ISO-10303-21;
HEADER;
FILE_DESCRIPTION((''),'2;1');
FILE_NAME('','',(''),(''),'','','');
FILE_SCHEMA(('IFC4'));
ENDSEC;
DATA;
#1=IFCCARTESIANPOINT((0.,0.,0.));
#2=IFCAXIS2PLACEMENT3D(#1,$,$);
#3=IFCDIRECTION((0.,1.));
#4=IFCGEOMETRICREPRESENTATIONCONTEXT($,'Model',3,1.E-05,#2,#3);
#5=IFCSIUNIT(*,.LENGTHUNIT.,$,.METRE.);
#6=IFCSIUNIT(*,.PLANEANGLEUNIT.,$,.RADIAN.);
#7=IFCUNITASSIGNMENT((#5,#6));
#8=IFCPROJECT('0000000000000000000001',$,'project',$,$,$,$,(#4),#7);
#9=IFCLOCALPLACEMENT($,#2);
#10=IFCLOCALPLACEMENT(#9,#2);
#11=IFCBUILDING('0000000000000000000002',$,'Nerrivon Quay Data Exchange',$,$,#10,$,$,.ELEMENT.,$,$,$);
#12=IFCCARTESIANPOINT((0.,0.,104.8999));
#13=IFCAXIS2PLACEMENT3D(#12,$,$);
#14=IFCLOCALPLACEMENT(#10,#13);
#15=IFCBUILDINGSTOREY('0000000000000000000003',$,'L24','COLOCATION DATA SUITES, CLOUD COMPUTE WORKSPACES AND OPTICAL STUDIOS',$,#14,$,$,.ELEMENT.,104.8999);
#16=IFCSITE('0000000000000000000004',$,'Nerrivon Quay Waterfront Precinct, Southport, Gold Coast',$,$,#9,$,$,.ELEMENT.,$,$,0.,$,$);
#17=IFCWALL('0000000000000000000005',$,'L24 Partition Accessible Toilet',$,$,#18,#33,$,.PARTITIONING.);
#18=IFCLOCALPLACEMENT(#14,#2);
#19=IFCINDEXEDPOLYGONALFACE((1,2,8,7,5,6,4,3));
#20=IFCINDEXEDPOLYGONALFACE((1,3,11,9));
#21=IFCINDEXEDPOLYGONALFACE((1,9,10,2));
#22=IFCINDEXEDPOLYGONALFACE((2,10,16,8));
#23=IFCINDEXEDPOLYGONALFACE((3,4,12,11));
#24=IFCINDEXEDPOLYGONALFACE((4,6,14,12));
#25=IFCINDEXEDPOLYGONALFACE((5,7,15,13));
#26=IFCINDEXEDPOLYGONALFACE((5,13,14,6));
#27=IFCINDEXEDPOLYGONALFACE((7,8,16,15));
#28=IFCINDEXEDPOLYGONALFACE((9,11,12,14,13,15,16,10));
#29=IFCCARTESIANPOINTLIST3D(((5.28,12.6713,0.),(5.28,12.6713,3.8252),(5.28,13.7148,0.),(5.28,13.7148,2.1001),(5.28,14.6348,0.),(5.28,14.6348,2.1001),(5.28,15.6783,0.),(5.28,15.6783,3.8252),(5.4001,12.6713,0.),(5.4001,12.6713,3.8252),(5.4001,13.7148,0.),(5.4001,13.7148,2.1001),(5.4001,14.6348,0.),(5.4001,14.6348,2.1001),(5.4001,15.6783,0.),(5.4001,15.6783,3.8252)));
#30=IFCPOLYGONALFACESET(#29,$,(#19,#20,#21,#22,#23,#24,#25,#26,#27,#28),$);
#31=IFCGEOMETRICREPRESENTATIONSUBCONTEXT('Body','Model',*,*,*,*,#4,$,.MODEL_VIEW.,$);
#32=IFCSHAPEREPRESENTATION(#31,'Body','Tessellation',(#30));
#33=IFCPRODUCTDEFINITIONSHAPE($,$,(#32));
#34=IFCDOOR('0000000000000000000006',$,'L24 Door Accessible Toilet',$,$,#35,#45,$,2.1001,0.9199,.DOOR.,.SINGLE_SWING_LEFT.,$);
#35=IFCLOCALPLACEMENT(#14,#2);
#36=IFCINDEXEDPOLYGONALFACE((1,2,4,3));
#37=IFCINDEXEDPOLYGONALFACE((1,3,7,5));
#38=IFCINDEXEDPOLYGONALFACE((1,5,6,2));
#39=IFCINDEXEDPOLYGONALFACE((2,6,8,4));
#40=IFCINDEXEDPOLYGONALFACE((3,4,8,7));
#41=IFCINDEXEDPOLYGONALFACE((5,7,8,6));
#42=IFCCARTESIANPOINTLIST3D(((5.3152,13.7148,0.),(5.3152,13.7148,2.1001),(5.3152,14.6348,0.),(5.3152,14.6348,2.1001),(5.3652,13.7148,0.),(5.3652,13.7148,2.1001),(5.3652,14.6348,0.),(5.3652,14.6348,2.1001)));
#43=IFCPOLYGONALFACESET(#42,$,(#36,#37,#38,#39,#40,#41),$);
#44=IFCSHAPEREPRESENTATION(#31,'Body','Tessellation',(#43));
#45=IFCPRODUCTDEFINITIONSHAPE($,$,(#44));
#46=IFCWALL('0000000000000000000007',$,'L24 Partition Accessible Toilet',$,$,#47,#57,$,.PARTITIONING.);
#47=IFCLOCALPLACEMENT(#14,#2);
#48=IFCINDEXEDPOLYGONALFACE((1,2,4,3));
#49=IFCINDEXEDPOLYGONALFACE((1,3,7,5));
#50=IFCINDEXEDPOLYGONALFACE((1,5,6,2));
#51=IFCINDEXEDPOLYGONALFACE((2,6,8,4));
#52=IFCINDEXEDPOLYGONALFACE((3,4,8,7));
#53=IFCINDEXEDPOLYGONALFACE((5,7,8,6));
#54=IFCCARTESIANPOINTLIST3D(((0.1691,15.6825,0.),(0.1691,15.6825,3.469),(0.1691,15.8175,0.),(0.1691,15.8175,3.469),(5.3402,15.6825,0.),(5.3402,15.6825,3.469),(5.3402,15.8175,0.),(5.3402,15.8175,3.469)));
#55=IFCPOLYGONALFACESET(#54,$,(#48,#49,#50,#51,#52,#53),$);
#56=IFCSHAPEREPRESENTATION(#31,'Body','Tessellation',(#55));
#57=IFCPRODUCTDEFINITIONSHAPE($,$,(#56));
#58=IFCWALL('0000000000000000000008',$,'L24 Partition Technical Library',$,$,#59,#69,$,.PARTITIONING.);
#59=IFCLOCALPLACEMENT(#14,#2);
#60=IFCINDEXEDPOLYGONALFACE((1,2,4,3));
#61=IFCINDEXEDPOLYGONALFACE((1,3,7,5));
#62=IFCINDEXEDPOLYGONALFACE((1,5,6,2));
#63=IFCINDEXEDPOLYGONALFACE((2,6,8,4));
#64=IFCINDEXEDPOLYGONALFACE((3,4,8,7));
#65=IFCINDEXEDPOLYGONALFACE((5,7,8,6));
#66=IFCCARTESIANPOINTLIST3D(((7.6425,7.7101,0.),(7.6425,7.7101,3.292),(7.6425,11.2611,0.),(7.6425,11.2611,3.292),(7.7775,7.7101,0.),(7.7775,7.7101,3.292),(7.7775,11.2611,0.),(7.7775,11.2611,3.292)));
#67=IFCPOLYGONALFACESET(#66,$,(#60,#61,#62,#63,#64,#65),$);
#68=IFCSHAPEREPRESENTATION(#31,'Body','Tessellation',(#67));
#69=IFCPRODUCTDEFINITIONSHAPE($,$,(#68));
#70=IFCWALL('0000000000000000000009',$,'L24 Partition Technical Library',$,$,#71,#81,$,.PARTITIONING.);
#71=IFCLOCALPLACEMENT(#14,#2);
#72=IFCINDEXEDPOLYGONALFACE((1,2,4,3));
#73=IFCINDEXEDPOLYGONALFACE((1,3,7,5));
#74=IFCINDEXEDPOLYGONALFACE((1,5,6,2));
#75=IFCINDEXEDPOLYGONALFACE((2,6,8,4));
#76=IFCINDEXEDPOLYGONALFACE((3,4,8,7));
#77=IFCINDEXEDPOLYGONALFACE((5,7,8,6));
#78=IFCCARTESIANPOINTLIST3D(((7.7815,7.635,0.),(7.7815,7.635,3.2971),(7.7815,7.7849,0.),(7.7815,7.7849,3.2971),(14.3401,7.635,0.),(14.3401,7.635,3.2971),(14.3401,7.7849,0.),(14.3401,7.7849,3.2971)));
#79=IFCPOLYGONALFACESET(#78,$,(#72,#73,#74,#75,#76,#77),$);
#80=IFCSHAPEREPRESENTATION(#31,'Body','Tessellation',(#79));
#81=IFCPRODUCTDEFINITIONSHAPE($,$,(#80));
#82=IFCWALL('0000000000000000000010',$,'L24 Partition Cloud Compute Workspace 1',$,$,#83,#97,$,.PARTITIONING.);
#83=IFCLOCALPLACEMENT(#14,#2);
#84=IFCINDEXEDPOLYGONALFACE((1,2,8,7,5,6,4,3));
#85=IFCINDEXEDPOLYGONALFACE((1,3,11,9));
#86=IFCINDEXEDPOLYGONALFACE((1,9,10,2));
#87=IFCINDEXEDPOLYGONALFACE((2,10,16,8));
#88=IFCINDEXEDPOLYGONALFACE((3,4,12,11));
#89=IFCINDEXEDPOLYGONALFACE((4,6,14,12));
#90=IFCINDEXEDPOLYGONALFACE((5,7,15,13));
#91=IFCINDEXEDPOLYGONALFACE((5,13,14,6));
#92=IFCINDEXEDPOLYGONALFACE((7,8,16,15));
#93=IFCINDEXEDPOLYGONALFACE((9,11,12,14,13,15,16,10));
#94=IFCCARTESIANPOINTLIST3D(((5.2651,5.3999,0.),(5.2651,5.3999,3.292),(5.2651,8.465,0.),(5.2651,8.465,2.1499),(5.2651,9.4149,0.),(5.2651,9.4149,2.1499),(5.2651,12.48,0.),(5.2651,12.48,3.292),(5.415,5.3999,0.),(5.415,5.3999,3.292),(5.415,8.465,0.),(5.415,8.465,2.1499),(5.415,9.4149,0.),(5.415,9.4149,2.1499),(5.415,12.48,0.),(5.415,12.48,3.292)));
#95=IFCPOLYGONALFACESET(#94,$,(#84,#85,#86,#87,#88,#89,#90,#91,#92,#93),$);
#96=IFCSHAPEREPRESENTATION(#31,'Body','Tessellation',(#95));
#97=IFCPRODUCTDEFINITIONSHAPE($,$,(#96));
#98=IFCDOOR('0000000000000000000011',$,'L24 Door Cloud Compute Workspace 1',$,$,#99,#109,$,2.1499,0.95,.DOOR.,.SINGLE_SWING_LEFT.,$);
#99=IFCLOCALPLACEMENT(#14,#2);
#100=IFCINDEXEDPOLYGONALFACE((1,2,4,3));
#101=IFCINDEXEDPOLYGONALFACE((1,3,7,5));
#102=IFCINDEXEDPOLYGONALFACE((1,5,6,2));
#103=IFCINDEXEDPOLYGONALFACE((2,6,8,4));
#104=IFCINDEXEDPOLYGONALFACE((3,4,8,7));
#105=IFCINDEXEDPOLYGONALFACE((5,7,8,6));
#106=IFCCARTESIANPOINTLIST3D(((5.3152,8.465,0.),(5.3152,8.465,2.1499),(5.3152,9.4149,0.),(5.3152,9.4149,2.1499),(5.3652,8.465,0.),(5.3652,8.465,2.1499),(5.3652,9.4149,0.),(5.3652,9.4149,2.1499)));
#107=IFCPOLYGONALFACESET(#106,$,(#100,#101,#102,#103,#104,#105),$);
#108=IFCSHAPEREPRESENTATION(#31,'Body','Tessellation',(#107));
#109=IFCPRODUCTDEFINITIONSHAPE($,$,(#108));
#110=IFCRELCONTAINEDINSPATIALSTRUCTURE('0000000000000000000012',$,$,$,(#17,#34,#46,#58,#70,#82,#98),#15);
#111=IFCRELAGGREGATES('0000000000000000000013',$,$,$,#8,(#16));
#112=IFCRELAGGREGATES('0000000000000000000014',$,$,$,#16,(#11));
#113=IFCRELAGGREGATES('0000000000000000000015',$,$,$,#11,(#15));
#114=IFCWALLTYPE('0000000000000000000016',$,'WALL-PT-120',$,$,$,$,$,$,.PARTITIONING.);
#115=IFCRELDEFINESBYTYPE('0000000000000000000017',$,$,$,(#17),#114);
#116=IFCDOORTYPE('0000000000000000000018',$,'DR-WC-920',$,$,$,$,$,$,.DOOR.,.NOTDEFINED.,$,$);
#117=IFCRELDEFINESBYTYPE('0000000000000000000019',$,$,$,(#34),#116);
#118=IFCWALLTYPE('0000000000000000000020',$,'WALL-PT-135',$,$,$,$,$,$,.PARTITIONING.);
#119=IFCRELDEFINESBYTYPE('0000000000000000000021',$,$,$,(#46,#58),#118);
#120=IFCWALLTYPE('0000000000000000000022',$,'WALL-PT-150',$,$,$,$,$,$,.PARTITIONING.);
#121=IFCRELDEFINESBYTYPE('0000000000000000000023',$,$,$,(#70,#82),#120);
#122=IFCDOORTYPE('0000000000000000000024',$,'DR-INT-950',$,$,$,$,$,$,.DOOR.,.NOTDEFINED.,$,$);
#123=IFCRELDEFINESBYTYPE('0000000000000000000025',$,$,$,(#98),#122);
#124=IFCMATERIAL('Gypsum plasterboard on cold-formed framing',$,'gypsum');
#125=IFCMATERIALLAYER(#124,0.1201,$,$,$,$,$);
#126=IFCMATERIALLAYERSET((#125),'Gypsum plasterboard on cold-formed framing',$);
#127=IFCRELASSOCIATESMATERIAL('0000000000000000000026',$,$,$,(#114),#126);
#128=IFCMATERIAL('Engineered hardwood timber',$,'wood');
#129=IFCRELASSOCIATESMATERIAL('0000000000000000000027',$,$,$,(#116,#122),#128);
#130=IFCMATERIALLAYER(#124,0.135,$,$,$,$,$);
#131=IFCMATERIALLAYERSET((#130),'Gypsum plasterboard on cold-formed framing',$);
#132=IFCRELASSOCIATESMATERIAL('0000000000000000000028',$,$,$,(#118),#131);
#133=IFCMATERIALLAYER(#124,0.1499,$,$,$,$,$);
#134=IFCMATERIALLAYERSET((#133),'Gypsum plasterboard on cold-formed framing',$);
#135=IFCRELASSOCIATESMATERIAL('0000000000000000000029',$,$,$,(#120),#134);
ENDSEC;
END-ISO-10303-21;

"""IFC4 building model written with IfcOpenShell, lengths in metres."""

from ifc_helpers import new_model, si_unit, direction, frame, frame_2d, origin, place, context, subcontext, project, spatial, rectangle, extrude, material, layer, layer_set, type_object, element, fill, save


model = new_model("IFC4")

# Units and contexts
model_context = context("Model", 3, precision=1e-05, world=origin(), true_north=direction((0.0, 1.0)))
body_context = subcontext(model_context, "Body", "Model", "MODEL_VIEW")
ifc_project = project(units=[si_unit("LENGTHUNIT", "METRE"), si_unit("PLANEANGLEUNIT", "RADIAN")], contexts=[model_context])

# Site, building, storey
site_placement = place(None, origin())
site = spatial("IfcSite", under=ifc_project, at=site_placement, Name="Nerrivon Quay Waterfront Precinct, Southport, Gold Coast", CompositionType="ELEMENT", RefElevation=0.0)
building_placement = place(site_placement, origin())
building = spatial("IfcBuilding", under=site, at=building_placement, Name="Nerrivon Quay Data Exchange", CompositionType="ELEMENT")
storey_placement = place(building_placement, frame((0.0, 0.0, 104.8999)))
storey = spatial("IfcBuildingStorey", under=building, at=storey_placement, Name="L24", Description="COLOCATION DATA SUITES, CLOUD COMPUTE WORKSPACES AND OPTICAL STUDIOS", CompositionType="ELEMENT", Elevation=104.8999)

# Shared definitions
ifc_material_1 = material(Name="Gypsum plasterboard on cold-formed framing", Category="gypsum")
ifc_material_2 = material(Name="Engineered hardwood timber", Category="wood")

# Wall, opening, door
ifc_layer_1 = layer(ifc_material_1, 0.1201)
ifc_layer_set_1 = layer_set([ifc_layer_1], Name="Gypsum plasterboard on cold-formed framing")
wall_type_1 = type_object("IfcWallType", Name="WALL-PT-120", PredefinedType="PARTITIONING", material=ifc_layer_set_1)
wall_1_placement = place(storey_placement, frame((5.3401, 12.6714, 0.0), z_axis=(0.0, 0.0, 1.0), x_axis=(0.0, 1.0, 0.0)))
wall_1 = element("IfcWall", 1, at=wall_1_placement, inside=storey, type_object=wall_type_1, Name="L24 Partition Accessible Toilet", PredefinedType="PARTITIONING", context=body_context, shape_type="SweptSolid", body=[
    extrude(rectangle(XDim=3.0071, YDim=0.1201, at=frame_2d((1.5034, 0.0))), origin(), (0.0, 0.0, 1.0), 3.8252),
])
opening_1_placement = place(wall_1_placement, frame((1.0435, 0.0, 0.0)))
opening_1 = element("IfcOpeningElement", 2, at=opening_1_placement, cuts=wall_1, PredefinedType="OPENING", context=body_context, shape_type="SweptSolid", body=[
    extrude(rectangle(XDim=0.9199, YDim=2.1001, at=frame_2d((0.46, 1.05))), frame((0.0, 0.0701, 0.0), z_axis=(0.0, -1.0, 0.0), x_axis=(1.0, 0.0, 0.0)), (0.0, 0.0, 1.0), 0.1401),
])
door_type_1 = type_object("IfcDoorType", Name="DR-WC-920", OperationType="NOTDEFINED", PredefinedType="DOOR", material=ifc_material_2)
door_1_placement = place(opening_1_placement, origin())
door_1 = element("IfcDoor", 3, at=door_1_placement, inside=storey, type_object=door_type_1, Name="L24 Door Accessible Toilet", OperationType="SINGLE_SWING_LEFT", OverallHeight=2.1001, OverallWidth=0.9199, PredefinedType="DOOR", context=body_context, shape_type="SweptSolid", body=[
    extrude(rectangle(XDim=0.9199, YDim=2.1001, at=frame_2d((0.46, 1.05))), frame((0.0, 0.0249, 0.0), z_axis=(0.0, -1.0, 0.0), x_axis=(1.0, 0.0, 0.0)), (0.0, 0.0, 1.0), 0.05),
])
fill(opening_1, door_1)

# Walls
ifc_layer_2 = layer(ifc_material_1, 0.135)
ifc_layer_set_2 = layer_set([ifc_layer_2], Name="Gypsum plasterboard on cold-formed framing")
wall_type_2 = type_object("IfcWallType", Name="WALL-PT-135", PredefinedType="PARTITIONING", material=ifc_layer_set_2)
wall_2_placement = place(storey_placement, frame((5.3401, 15.75, 0.0), z_axis=(0.0, 0.0, 1.0), x_axis=(-1.0, 0.0, 0.0)))
element("IfcWall", 4, at=wall_2_placement, inside=storey, type_object=wall_type_2, Name="L24 Partition Accessible Toilet", PredefinedType="PARTITIONING", context=body_context, shape_type="SweptSolid", body=[
    extrude(rectangle(XDim=5.1711, YDim=0.135, at=frame_2d((2.5854, 0.0))), origin(), (0.0, 0.0, 1.0), 3.469),
])
wall_3_placement = place(storey_placement, frame((7.71, 11.261, 0.0), z_axis=(0.0, 0.0, 1.0), x_axis=(0.0, -1.0, 0.0)))
element("IfcWall", 5, at=wall_3_placement, inside=storey, type_object=wall_type_2, Name="L24 Partition Technical Library", PredefinedType="PARTITIONING", context=body_context, shape_type="SweptSolid", body=[
    extrude(rectangle(XDim=3.551, YDim=0.135, at=frame_2d((1.7754, 0.0))), origin(), (0.0, 0.0, 1.0), 3.292),
])
ifc_layer_3 = layer(ifc_material_1, 0.1499)
ifc_layer_set_3 = layer_set([ifc_layer_3], Name="Gypsum plasterboard on cold-formed framing")
wall_type_3 = type_object("IfcWallType", Name="WALL-PT-150", PredefinedType="PARTITIONING", material=ifc_layer_set_3)
wall_4_placement = place(storey_placement, frame((7.7815, 7.71, 0.0), z_axis=(0.0, 0.0, 1.0), x_axis=(1.0, 0.0, 0.0)))
element("IfcWall", 6, at=wall_4_placement, inside=storey, type_object=wall_type_3, Name="L24 Partition Technical Library", PredefinedType="PARTITIONING", context=body_context, shape_type="SweptSolid", body=[
    extrude(rectangle(XDim=6.5586, YDim=0.1499, at=frame_2d((3.2793, 0.0))), origin(), (0.0, 0.0, 1.0), 3.2971),
])

# Wall, opening, door
wall_5_placement = place(storey_placement, frame((5.3401, 5.3999, 0.0), z_axis=(0.0, 0.0, 1.0), x_axis=(0.0, 1.0, 0.0)))
wall_5 = element("IfcWall", 7, at=wall_5_placement, inside=storey, type_object=wall_type_3, Name="L24 Partition Cloud Compute Workspace 1", PredefinedType="PARTITIONING", context=body_context, shape_type="SweptSolid", body=[
    extrude(rectangle(XDim=7.0801, YDim=0.1499, at=frame_2d((3.54, 0.0))), origin(), (0.0, 0.0, 1.0), 3.292),
])
opening_2_placement = place(wall_5_placement, frame((3.0649, 0.0, 0.0)))
opening_2 = element("IfcOpeningElement", 8, at=opening_2_placement, cuts=wall_5, PredefinedType="OPENING", context=body_context, shape_type="SweptSolid", body=[
    extrude(rectangle(XDim=0.95, YDim=2.1499, at=frame_2d((0.4751, 1.075))), frame((0.0, 0.085, 0.0), z_axis=(0.0, -1.0, 0.0), x_axis=(1.0, 0.0, 0.0)), (0.0, 0.0, 1.0), 0.1699),
])
door_type_2 = type_object("IfcDoorType", Name="DR-INT-950", OperationType="NOTDEFINED", PredefinedType="DOOR", material=ifc_material_2)
door_2_placement = place(opening_2_placement, origin())
door_2 = element("IfcDoor", 9, at=door_2_placement, inside=storey, type_object=door_type_2, Name="L24 Door Cloud Compute Workspace 1", OperationType="SINGLE_SWING_LEFT", OverallHeight=2.1499, OverallWidth=0.95, PredefinedType="DOOR", context=body_context, shape_type="SweptSolid", body=[
    extrude(rectangle(XDim=0.95, YDim=2.1499, at=frame_2d((0.4751, 1.075))), frame((0.0, 0.0249, 0.0), z_axis=(0.0, -1.0, 0.0), x_axis=(1.0, 0.0, 0.0)), (0.0, 0.0, 1.0), 0.05),
])
fill(opening_2, door_2)

save(model, "model.ifc")
